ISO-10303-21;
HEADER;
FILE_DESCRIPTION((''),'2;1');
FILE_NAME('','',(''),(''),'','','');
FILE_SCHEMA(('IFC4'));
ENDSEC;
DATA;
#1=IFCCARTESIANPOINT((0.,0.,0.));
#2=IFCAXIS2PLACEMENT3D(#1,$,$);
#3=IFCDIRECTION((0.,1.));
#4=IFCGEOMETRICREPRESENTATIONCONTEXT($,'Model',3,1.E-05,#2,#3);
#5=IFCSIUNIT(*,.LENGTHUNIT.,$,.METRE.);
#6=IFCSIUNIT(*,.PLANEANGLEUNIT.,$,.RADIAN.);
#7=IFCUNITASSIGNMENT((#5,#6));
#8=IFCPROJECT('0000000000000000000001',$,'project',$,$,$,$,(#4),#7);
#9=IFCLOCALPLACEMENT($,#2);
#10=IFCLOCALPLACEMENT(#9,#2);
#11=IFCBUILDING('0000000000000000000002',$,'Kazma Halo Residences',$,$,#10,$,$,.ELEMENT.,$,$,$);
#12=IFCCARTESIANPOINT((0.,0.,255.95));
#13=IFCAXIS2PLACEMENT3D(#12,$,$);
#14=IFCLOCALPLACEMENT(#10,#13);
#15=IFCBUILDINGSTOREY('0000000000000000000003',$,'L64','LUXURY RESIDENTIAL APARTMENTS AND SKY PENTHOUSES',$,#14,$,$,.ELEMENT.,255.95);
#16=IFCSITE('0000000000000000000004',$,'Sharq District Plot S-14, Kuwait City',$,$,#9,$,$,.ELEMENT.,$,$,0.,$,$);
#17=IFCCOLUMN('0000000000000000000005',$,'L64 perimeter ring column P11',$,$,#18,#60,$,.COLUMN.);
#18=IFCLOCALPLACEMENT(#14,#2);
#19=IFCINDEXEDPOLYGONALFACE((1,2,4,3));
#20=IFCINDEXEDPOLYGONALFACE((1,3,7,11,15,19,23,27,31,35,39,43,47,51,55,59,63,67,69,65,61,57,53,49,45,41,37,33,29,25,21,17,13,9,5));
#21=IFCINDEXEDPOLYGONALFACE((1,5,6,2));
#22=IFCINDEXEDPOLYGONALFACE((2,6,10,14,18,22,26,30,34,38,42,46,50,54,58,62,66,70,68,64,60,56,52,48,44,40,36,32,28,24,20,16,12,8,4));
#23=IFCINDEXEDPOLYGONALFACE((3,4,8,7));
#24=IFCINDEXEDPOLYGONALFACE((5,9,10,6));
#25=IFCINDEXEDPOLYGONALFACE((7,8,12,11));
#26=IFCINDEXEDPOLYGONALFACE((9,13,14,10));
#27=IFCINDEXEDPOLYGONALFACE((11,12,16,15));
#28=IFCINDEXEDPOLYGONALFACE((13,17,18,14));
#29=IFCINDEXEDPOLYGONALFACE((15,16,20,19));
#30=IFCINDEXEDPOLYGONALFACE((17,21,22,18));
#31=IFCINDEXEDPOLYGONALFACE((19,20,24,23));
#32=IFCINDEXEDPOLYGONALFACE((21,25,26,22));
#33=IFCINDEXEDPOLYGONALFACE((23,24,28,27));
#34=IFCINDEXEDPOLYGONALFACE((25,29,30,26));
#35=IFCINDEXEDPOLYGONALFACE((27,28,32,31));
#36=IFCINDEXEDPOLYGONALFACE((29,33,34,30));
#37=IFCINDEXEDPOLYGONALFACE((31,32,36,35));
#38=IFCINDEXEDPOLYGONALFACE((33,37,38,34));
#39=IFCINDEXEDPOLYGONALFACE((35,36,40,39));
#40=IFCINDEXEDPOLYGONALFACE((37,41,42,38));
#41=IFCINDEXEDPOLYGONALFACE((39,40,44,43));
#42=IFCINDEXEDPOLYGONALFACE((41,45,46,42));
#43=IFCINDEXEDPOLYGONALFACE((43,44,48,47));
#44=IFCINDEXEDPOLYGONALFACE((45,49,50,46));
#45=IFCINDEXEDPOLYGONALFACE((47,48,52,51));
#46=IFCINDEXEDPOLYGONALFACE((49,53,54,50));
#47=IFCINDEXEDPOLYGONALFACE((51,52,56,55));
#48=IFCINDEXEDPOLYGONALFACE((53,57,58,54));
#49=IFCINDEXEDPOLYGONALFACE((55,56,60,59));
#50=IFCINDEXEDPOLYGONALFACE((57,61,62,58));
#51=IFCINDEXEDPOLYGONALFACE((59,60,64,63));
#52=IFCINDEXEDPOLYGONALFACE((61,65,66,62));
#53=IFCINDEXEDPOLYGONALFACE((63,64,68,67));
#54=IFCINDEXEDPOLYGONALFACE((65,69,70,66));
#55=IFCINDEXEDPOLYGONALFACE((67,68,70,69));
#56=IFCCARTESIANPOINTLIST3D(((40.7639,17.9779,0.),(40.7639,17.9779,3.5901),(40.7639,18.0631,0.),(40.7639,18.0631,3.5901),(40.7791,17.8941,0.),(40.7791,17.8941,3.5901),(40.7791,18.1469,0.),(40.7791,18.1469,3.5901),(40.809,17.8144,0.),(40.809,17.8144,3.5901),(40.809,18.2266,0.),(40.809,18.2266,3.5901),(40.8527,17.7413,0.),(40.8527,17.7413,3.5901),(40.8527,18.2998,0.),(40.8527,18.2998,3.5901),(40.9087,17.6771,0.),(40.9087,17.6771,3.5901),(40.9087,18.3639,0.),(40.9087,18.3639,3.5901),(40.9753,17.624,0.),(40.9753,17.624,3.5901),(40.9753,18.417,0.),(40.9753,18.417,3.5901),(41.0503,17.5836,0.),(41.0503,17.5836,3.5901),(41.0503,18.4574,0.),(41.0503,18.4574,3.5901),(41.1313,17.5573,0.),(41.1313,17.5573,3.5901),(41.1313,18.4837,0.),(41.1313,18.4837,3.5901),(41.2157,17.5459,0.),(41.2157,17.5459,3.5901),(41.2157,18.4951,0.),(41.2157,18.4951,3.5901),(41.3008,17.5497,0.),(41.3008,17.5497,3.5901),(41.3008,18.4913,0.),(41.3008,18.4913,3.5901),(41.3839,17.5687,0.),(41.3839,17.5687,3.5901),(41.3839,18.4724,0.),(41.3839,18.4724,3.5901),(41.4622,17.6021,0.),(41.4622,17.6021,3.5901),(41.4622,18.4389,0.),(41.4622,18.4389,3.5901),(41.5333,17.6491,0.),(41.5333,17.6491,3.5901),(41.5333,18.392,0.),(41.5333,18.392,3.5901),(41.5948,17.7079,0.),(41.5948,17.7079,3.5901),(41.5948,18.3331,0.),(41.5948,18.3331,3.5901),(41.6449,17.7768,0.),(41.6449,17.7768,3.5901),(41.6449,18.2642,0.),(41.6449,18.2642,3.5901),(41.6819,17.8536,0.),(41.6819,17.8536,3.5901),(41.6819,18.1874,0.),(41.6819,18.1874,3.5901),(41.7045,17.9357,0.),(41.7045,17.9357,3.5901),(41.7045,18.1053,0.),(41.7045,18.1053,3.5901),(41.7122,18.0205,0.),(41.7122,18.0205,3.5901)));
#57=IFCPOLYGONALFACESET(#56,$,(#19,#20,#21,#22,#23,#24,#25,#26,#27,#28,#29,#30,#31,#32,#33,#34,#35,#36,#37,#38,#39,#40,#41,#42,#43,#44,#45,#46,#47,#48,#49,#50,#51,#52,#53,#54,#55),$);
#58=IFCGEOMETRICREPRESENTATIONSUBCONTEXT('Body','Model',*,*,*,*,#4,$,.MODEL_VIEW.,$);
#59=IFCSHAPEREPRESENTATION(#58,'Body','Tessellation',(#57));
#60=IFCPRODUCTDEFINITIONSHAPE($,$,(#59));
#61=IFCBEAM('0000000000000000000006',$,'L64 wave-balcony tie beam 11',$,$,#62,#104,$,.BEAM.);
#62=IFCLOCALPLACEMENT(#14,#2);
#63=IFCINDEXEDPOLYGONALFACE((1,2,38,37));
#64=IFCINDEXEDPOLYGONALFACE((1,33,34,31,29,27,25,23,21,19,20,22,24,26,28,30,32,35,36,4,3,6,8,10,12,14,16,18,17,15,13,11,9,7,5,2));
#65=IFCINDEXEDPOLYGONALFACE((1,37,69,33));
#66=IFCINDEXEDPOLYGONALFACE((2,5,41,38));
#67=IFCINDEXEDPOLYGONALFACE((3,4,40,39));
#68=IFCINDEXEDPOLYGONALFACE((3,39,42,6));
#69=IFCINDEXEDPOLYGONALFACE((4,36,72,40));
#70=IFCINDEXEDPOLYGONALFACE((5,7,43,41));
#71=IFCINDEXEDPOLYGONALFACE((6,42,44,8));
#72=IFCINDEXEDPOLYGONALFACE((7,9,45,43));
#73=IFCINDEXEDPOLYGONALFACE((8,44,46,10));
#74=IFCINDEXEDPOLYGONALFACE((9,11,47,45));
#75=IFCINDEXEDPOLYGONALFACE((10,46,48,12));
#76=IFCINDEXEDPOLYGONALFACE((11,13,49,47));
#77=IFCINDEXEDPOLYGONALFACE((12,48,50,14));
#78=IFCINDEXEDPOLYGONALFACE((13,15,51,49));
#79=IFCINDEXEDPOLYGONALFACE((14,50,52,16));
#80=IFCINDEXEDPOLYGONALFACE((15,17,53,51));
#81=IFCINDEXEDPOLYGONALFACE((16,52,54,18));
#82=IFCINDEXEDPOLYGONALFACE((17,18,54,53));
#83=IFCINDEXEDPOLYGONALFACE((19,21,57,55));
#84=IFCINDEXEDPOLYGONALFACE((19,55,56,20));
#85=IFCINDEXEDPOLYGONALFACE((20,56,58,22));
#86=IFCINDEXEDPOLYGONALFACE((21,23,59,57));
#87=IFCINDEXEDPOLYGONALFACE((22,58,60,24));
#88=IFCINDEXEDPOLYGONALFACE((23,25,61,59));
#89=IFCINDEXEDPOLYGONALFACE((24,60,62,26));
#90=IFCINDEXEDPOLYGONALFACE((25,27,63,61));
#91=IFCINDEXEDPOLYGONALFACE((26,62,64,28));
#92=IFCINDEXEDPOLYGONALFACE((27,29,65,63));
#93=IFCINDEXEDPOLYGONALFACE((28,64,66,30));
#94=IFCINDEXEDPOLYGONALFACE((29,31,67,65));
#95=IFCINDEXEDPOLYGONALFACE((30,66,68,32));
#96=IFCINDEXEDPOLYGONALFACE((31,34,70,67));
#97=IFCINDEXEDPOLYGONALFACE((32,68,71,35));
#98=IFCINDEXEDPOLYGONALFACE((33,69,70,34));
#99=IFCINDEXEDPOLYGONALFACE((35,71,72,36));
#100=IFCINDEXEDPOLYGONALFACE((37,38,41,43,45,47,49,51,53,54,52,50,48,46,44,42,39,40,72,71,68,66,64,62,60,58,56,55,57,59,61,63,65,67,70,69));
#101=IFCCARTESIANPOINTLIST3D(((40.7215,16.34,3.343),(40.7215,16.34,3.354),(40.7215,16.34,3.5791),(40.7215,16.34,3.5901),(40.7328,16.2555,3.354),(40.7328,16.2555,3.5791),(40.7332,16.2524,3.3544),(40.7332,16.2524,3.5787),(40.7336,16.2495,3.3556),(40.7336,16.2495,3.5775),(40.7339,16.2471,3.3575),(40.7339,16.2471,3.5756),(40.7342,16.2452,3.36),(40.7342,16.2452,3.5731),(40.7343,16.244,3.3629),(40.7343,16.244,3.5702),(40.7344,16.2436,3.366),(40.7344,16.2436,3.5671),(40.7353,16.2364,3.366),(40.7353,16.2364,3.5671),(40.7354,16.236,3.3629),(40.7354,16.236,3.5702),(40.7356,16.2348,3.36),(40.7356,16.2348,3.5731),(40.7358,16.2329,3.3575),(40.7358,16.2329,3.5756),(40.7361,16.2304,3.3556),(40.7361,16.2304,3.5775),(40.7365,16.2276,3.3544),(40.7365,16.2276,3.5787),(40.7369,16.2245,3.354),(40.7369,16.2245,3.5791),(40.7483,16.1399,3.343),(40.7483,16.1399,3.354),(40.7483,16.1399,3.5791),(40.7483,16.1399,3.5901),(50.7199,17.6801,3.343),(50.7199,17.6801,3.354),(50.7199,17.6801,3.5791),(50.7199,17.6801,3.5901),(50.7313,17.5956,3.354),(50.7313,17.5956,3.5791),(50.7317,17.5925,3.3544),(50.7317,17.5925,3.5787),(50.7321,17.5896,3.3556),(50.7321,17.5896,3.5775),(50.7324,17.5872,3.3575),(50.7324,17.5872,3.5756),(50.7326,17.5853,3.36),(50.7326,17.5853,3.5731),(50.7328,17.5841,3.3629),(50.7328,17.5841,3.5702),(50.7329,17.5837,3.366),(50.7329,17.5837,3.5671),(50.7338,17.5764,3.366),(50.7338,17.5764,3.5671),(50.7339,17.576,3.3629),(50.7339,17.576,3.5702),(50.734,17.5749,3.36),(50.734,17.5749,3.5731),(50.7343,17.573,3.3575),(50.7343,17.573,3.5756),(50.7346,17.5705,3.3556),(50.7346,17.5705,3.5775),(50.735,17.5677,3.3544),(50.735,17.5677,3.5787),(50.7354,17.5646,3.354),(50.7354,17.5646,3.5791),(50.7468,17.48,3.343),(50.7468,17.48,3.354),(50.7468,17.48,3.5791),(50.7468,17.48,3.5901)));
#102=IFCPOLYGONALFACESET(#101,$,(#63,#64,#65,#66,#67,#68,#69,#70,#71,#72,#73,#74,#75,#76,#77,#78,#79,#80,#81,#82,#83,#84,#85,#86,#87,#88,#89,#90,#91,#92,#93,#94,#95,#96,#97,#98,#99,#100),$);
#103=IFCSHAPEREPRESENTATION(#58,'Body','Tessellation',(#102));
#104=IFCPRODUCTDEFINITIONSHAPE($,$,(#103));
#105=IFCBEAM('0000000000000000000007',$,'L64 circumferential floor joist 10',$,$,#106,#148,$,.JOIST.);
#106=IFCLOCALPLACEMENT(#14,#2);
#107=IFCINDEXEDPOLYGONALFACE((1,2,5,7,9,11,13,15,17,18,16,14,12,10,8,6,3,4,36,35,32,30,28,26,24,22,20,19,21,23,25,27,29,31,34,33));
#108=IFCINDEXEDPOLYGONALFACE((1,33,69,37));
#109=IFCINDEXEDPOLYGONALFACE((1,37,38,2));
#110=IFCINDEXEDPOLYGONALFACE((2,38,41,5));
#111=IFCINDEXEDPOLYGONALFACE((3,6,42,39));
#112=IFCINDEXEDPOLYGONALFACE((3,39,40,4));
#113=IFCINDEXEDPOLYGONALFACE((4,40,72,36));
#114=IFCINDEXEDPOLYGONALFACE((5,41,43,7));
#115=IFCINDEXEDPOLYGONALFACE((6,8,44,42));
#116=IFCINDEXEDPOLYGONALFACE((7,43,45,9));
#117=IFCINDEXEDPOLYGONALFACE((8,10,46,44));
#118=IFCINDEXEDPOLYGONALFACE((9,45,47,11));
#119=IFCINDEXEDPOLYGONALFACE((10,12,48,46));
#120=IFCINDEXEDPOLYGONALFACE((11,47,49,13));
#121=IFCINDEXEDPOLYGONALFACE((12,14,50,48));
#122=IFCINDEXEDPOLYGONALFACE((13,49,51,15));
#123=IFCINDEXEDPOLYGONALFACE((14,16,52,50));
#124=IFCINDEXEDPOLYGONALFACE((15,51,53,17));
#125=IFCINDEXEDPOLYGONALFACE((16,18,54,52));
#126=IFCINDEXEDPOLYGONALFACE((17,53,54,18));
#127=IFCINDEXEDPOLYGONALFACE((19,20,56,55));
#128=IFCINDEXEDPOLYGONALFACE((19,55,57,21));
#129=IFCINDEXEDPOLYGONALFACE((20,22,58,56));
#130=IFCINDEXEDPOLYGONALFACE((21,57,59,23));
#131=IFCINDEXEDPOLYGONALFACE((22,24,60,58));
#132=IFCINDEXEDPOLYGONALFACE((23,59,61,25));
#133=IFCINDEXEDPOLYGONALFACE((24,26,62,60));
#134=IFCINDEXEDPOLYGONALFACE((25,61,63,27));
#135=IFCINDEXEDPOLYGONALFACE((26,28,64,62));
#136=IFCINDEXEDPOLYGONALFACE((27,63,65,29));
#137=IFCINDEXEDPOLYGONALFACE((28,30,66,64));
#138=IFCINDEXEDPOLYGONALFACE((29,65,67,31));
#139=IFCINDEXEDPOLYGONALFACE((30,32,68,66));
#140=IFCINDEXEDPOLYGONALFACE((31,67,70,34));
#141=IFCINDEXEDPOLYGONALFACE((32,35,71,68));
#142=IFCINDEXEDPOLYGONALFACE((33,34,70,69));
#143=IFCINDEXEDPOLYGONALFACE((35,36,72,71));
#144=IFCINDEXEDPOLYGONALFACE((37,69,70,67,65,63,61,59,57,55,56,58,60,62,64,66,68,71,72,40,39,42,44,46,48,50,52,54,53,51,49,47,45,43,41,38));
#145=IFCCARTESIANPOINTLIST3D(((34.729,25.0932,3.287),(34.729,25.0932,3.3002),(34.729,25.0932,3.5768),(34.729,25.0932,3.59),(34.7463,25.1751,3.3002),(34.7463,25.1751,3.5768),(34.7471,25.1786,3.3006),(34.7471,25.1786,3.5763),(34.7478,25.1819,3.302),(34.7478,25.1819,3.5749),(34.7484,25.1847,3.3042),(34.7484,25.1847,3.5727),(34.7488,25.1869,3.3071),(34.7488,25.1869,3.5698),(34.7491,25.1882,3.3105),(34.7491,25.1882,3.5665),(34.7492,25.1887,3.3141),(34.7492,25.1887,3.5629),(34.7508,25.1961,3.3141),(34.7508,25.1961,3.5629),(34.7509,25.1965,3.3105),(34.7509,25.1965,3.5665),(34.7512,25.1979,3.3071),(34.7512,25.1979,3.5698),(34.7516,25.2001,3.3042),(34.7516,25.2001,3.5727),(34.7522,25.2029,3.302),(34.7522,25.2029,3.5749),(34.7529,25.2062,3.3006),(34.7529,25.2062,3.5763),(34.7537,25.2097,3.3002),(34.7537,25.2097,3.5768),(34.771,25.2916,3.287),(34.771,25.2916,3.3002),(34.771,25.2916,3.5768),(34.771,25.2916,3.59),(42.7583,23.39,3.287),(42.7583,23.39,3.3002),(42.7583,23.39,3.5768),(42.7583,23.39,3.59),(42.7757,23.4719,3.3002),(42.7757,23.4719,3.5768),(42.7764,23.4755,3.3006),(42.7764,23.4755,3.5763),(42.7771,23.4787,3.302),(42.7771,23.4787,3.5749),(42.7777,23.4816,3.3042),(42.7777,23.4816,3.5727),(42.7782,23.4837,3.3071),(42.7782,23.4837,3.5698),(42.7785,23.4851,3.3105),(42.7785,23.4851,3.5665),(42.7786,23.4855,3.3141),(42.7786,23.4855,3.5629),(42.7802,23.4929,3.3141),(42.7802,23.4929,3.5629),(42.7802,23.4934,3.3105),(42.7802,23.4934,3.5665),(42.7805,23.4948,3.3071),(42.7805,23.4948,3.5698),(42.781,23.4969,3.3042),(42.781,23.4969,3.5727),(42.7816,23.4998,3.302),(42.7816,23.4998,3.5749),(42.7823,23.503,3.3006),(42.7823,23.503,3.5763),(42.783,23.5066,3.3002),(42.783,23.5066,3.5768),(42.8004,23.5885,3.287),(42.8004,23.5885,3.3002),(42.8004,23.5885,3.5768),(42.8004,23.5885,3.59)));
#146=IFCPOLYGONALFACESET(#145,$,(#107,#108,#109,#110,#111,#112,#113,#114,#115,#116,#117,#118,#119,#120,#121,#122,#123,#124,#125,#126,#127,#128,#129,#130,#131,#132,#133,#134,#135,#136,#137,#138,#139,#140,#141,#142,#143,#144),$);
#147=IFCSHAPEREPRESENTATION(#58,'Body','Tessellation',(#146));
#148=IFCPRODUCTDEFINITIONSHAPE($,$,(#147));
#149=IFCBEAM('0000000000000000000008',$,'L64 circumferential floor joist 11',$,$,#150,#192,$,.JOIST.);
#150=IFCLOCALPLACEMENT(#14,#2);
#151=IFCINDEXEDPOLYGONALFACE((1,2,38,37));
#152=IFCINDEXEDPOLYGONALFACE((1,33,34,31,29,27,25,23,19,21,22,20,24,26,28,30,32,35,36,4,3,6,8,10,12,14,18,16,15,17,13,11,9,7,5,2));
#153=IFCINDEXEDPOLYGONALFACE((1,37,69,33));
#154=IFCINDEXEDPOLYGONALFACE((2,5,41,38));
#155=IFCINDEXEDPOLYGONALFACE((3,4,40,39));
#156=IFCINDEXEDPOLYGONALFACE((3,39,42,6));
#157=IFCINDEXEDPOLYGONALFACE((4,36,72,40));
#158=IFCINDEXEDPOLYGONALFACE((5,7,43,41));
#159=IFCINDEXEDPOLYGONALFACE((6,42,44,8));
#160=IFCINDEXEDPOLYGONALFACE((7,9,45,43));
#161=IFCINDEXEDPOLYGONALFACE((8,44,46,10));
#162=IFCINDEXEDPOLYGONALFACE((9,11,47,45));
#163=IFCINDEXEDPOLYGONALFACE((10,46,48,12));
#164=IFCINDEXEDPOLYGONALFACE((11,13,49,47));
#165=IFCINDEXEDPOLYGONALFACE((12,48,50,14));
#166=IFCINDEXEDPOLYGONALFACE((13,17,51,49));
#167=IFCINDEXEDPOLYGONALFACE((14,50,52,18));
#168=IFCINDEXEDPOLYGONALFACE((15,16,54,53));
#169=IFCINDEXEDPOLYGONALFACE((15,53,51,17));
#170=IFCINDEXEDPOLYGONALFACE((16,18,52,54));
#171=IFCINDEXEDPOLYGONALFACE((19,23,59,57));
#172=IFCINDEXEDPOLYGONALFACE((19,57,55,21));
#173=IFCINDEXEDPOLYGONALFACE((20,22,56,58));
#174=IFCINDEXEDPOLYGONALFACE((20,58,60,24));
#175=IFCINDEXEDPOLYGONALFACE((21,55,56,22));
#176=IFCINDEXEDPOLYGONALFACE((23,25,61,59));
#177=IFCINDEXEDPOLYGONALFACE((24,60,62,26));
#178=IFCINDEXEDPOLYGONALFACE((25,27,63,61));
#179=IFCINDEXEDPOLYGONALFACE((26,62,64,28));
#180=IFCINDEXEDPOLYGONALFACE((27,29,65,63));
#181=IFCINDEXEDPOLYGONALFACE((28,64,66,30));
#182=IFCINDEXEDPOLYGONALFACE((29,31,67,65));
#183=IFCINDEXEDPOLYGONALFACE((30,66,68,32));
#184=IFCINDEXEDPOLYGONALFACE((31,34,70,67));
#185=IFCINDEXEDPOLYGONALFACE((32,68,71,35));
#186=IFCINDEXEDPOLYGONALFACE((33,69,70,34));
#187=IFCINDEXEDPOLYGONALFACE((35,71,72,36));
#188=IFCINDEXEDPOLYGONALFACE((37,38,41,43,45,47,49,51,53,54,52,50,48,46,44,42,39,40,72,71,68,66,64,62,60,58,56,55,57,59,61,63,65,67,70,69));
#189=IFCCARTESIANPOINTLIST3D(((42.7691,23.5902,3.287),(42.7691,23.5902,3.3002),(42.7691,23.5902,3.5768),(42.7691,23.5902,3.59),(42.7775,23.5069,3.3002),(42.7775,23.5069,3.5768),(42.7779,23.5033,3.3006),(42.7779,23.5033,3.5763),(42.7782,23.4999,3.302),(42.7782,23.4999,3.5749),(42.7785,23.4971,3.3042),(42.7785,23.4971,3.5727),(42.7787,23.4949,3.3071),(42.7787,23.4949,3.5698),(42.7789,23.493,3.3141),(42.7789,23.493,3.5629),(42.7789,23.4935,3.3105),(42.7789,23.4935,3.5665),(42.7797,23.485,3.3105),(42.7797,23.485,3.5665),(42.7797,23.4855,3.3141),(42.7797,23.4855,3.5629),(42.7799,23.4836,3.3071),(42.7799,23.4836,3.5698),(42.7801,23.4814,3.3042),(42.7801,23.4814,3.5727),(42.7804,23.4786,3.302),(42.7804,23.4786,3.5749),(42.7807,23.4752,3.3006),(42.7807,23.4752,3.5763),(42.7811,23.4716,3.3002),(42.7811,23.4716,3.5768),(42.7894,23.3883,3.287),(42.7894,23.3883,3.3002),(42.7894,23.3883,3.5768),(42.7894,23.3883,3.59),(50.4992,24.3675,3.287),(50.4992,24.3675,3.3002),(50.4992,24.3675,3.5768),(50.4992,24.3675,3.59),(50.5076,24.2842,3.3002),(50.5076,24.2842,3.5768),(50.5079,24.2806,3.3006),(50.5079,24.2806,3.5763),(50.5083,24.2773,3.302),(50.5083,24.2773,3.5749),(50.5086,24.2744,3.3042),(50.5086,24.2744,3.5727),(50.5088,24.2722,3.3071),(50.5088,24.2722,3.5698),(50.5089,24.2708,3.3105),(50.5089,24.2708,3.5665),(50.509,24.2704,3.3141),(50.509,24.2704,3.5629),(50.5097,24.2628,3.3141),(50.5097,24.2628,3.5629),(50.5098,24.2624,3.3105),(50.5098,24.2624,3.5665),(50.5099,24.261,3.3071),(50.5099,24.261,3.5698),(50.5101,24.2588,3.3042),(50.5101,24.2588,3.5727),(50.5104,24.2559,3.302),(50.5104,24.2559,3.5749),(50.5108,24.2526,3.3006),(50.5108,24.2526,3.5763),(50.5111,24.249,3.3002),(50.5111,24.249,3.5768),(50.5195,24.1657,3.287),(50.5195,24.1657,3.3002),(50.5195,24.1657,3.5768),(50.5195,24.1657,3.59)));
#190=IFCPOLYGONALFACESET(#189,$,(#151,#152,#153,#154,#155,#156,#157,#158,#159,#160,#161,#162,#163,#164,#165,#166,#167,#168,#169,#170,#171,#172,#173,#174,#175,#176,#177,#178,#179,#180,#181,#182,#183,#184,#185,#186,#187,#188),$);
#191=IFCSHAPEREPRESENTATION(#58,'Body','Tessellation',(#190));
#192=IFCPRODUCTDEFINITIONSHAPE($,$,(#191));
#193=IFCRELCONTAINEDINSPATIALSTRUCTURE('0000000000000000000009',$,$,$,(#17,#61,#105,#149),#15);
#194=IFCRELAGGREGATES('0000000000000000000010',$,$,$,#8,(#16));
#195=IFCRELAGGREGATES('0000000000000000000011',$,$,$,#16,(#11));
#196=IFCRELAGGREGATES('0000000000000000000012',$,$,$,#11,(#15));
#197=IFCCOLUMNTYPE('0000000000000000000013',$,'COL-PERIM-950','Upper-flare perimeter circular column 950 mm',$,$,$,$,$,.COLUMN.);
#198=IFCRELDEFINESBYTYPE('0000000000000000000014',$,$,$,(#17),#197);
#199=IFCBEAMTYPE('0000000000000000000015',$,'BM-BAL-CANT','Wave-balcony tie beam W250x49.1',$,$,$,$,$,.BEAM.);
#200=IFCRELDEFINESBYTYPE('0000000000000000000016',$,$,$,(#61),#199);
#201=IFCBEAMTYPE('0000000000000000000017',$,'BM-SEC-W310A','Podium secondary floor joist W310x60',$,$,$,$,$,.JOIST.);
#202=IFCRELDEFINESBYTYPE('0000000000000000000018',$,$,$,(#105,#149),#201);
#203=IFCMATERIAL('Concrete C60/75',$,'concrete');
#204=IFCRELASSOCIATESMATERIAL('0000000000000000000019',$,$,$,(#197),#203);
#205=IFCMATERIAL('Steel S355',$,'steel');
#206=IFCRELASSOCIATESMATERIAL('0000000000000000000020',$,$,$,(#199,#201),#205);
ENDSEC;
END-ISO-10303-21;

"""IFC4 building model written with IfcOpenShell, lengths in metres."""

from ifc_helpers import new_model, si_unit, direction, frame, origin, origin_2d, place, context, subcontext, project, spatial, circle, i_section, extrude, material, material_profile, profile_set, type_object, element, save


model = new_model("IFC4")

# Units and contexts
model_context = context("Model", 3, precision=1e-05, world=origin(), true_north=direction((0.0, 1.0)))
body_context = subcontext(model_context, "Body", "Model", "MODEL_VIEW")
ifc_project = project(units=[si_unit("LENGTHUNIT", "METRE"), si_unit("PLANEANGLEUNIT", "RADIAN")], contexts=[model_context])

# Site, building, storey
site_placement = place(None, origin())
site = spatial("IfcSite", under=ifc_project, at=site_placement, Name="Sharq District Plot S-14, Kuwait City", CompositionType="ELEMENT", RefElevation=0.0)
building_placement = place(site_placement, origin())
building = spatial("IfcBuilding", under=site, at=building_placement, Name="Kazma Halo Residences", CompositionType="ELEMENT")
storey_placement = place(building_placement, frame((0.0, 0.0, 255.95)))
storey = spatial("IfcBuildingStorey", under=building, at=storey_placement, Name="L64", Description="LUXURY RESIDENTIAL APARTMENTS AND SKY PENTHOUSES", CompositionType="ELEMENT", Elevation=255.95)

# Column
ifc_material_1 = material(Name="Concrete C60/75", Category="concrete")
ifc_material_profile_1 = material_profile(ifc_material_1, circle(Radius=0.4751, at=origin_2d()), Name="CIRC950")
ifc_profile_set_1 = profile_set([ifc_material_profile_1], Name="Concrete C60/75")
column_type = type_object("IfcColumnType", Name="COL-PERIM-950", Description="Upper-flare perimeter circular column 950 mm", PredefinedType="COLUMN", material=ifc_profile_set_1)
column_placement = place(storey_placement, frame((41.2371, 18.0205, 0.0), z_axis=(0.0, 0.0, 1.0), x_axis=(1.0, 0.0, 0.0)))
element("IfcColumn", 1, at=column_placement, inside=storey, type_object=column_type, Name="L64 perimeter ring column P11", PredefinedType="COLUMN", context=body_context, shape_type="SweptSolid", body=[
    extrude(circle(Radius=0.4751, at=origin_2d()), origin(), (0.0, 0.0, 1.0), 3.5901),
])

# Beams
ifc_material_2 = material(Name="Steel S355", Category="steel")
ifc_material_profile_2 = material_profile(ifc_material_2, i_section(OverallWidth=0.2019, OverallDepth=0.2471, WebThickness=0.0073, FlangeThickness=0.011, FilletRadius=0.012, at=origin_2d()), Name="W250x49.1")
ifc_profile_set_2 = profile_set([ifc_material_profile_2], Name="Steel S355")
beam_type_1 = type_object("IfcBeamType", Name="BM-BAL-CANT", Description="Wave-balcony tie beam W250x49.1", PredefinedType="BEAM", material=ifc_profile_set_2)
beam_1_placement = place(storey_placement, frame((40.7349, 16.24, 3.4666), z_axis=(0.991137, 0.132841, 0.0), x_axis=(-0.132841, 0.991137, 0.0)))
element("IfcBeam", 2, at=beam_1_placement, inside=storey, type_object=beam_type_1, Name="L64 wave-balcony tie beam 11", PredefinedType="BEAM", context=body_context, shape_type="SweptSolid", body=[
    extrude(i_section(OverallWidth=0.2019, OverallDepth=0.2471, WebThickness=0.0073, FlangeThickness=0.011, FilletRadius=0.012, at=origin_2d()), origin(), (0.0, 0.0, 1.0), 10.0879),
])
ifc_material_profile_3 = material_profile(ifc_material_2, i_section(OverallWidth=0.2029, OverallDepth=0.303, WebThickness=0.0076, FlangeThickness=0.0132, FilletRadius=0.0139, at=origin_2d()), Name="W310x60")
ifc_profile_set_3 = profile_set([ifc_material_profile_3], Name="Steel S355")
beam_type_2 = type_object("IfcBeamType", Name="BM-SEC-W310A", Description="Podium secondary floor joist W310x60", PredefinedType="JOIST", material=ifc_profile_set_3)
beam_2_placement = place(storey_placement, frame((34.75, 25.1924, 3.4385), z_axis=(0.978236, -0.207497, 0.0), x_axis=(0.207497, 0.978236, 0.0)))
element("IfcBeam", 3, at=beam_2_placement, inside=storey, type_object=beam_type_2, Name="L64 circumferential floor joist 10", PredefinedType="JOIST", context=body_context, shape_type="SweptSolid", body=[
    extrude(i_section(OverallWidth=0.2029, OverallDepth=0.303, WebThickness=0.0076, FlangeThickness=0.0132, FilletRadius=0.0139, at=origin_2d()), origin(), (0.0, 0.0, 1.0), 8.208),
])
beam_3_placement = place(storey_placement, frame((42.7793, 23.4893, 3.4385), z_axis=(0.994982, 0.100058, 0.0), x_axis=(-0.100058, 0.994982, 0.0)))
element("IfcBeam", 4, at=beam_3_placement, inside=storey, type_object=beam_type_2, Name="L64 circumferential floor joist 11", PredefinedType="JOIST", context=body_context, shape_type="SweptSolid", body=[
    extrude(i_section(OverallWidth=0.2029, OverallDepth=0.303, WebThickness=0.0076, FlangeThickness=0.0132, FilletRadius=0.0139, at=origin_2d()), origin(), (0.0, 0.0, 1.0), 7.769),
])

save(model, "model.ifc")
